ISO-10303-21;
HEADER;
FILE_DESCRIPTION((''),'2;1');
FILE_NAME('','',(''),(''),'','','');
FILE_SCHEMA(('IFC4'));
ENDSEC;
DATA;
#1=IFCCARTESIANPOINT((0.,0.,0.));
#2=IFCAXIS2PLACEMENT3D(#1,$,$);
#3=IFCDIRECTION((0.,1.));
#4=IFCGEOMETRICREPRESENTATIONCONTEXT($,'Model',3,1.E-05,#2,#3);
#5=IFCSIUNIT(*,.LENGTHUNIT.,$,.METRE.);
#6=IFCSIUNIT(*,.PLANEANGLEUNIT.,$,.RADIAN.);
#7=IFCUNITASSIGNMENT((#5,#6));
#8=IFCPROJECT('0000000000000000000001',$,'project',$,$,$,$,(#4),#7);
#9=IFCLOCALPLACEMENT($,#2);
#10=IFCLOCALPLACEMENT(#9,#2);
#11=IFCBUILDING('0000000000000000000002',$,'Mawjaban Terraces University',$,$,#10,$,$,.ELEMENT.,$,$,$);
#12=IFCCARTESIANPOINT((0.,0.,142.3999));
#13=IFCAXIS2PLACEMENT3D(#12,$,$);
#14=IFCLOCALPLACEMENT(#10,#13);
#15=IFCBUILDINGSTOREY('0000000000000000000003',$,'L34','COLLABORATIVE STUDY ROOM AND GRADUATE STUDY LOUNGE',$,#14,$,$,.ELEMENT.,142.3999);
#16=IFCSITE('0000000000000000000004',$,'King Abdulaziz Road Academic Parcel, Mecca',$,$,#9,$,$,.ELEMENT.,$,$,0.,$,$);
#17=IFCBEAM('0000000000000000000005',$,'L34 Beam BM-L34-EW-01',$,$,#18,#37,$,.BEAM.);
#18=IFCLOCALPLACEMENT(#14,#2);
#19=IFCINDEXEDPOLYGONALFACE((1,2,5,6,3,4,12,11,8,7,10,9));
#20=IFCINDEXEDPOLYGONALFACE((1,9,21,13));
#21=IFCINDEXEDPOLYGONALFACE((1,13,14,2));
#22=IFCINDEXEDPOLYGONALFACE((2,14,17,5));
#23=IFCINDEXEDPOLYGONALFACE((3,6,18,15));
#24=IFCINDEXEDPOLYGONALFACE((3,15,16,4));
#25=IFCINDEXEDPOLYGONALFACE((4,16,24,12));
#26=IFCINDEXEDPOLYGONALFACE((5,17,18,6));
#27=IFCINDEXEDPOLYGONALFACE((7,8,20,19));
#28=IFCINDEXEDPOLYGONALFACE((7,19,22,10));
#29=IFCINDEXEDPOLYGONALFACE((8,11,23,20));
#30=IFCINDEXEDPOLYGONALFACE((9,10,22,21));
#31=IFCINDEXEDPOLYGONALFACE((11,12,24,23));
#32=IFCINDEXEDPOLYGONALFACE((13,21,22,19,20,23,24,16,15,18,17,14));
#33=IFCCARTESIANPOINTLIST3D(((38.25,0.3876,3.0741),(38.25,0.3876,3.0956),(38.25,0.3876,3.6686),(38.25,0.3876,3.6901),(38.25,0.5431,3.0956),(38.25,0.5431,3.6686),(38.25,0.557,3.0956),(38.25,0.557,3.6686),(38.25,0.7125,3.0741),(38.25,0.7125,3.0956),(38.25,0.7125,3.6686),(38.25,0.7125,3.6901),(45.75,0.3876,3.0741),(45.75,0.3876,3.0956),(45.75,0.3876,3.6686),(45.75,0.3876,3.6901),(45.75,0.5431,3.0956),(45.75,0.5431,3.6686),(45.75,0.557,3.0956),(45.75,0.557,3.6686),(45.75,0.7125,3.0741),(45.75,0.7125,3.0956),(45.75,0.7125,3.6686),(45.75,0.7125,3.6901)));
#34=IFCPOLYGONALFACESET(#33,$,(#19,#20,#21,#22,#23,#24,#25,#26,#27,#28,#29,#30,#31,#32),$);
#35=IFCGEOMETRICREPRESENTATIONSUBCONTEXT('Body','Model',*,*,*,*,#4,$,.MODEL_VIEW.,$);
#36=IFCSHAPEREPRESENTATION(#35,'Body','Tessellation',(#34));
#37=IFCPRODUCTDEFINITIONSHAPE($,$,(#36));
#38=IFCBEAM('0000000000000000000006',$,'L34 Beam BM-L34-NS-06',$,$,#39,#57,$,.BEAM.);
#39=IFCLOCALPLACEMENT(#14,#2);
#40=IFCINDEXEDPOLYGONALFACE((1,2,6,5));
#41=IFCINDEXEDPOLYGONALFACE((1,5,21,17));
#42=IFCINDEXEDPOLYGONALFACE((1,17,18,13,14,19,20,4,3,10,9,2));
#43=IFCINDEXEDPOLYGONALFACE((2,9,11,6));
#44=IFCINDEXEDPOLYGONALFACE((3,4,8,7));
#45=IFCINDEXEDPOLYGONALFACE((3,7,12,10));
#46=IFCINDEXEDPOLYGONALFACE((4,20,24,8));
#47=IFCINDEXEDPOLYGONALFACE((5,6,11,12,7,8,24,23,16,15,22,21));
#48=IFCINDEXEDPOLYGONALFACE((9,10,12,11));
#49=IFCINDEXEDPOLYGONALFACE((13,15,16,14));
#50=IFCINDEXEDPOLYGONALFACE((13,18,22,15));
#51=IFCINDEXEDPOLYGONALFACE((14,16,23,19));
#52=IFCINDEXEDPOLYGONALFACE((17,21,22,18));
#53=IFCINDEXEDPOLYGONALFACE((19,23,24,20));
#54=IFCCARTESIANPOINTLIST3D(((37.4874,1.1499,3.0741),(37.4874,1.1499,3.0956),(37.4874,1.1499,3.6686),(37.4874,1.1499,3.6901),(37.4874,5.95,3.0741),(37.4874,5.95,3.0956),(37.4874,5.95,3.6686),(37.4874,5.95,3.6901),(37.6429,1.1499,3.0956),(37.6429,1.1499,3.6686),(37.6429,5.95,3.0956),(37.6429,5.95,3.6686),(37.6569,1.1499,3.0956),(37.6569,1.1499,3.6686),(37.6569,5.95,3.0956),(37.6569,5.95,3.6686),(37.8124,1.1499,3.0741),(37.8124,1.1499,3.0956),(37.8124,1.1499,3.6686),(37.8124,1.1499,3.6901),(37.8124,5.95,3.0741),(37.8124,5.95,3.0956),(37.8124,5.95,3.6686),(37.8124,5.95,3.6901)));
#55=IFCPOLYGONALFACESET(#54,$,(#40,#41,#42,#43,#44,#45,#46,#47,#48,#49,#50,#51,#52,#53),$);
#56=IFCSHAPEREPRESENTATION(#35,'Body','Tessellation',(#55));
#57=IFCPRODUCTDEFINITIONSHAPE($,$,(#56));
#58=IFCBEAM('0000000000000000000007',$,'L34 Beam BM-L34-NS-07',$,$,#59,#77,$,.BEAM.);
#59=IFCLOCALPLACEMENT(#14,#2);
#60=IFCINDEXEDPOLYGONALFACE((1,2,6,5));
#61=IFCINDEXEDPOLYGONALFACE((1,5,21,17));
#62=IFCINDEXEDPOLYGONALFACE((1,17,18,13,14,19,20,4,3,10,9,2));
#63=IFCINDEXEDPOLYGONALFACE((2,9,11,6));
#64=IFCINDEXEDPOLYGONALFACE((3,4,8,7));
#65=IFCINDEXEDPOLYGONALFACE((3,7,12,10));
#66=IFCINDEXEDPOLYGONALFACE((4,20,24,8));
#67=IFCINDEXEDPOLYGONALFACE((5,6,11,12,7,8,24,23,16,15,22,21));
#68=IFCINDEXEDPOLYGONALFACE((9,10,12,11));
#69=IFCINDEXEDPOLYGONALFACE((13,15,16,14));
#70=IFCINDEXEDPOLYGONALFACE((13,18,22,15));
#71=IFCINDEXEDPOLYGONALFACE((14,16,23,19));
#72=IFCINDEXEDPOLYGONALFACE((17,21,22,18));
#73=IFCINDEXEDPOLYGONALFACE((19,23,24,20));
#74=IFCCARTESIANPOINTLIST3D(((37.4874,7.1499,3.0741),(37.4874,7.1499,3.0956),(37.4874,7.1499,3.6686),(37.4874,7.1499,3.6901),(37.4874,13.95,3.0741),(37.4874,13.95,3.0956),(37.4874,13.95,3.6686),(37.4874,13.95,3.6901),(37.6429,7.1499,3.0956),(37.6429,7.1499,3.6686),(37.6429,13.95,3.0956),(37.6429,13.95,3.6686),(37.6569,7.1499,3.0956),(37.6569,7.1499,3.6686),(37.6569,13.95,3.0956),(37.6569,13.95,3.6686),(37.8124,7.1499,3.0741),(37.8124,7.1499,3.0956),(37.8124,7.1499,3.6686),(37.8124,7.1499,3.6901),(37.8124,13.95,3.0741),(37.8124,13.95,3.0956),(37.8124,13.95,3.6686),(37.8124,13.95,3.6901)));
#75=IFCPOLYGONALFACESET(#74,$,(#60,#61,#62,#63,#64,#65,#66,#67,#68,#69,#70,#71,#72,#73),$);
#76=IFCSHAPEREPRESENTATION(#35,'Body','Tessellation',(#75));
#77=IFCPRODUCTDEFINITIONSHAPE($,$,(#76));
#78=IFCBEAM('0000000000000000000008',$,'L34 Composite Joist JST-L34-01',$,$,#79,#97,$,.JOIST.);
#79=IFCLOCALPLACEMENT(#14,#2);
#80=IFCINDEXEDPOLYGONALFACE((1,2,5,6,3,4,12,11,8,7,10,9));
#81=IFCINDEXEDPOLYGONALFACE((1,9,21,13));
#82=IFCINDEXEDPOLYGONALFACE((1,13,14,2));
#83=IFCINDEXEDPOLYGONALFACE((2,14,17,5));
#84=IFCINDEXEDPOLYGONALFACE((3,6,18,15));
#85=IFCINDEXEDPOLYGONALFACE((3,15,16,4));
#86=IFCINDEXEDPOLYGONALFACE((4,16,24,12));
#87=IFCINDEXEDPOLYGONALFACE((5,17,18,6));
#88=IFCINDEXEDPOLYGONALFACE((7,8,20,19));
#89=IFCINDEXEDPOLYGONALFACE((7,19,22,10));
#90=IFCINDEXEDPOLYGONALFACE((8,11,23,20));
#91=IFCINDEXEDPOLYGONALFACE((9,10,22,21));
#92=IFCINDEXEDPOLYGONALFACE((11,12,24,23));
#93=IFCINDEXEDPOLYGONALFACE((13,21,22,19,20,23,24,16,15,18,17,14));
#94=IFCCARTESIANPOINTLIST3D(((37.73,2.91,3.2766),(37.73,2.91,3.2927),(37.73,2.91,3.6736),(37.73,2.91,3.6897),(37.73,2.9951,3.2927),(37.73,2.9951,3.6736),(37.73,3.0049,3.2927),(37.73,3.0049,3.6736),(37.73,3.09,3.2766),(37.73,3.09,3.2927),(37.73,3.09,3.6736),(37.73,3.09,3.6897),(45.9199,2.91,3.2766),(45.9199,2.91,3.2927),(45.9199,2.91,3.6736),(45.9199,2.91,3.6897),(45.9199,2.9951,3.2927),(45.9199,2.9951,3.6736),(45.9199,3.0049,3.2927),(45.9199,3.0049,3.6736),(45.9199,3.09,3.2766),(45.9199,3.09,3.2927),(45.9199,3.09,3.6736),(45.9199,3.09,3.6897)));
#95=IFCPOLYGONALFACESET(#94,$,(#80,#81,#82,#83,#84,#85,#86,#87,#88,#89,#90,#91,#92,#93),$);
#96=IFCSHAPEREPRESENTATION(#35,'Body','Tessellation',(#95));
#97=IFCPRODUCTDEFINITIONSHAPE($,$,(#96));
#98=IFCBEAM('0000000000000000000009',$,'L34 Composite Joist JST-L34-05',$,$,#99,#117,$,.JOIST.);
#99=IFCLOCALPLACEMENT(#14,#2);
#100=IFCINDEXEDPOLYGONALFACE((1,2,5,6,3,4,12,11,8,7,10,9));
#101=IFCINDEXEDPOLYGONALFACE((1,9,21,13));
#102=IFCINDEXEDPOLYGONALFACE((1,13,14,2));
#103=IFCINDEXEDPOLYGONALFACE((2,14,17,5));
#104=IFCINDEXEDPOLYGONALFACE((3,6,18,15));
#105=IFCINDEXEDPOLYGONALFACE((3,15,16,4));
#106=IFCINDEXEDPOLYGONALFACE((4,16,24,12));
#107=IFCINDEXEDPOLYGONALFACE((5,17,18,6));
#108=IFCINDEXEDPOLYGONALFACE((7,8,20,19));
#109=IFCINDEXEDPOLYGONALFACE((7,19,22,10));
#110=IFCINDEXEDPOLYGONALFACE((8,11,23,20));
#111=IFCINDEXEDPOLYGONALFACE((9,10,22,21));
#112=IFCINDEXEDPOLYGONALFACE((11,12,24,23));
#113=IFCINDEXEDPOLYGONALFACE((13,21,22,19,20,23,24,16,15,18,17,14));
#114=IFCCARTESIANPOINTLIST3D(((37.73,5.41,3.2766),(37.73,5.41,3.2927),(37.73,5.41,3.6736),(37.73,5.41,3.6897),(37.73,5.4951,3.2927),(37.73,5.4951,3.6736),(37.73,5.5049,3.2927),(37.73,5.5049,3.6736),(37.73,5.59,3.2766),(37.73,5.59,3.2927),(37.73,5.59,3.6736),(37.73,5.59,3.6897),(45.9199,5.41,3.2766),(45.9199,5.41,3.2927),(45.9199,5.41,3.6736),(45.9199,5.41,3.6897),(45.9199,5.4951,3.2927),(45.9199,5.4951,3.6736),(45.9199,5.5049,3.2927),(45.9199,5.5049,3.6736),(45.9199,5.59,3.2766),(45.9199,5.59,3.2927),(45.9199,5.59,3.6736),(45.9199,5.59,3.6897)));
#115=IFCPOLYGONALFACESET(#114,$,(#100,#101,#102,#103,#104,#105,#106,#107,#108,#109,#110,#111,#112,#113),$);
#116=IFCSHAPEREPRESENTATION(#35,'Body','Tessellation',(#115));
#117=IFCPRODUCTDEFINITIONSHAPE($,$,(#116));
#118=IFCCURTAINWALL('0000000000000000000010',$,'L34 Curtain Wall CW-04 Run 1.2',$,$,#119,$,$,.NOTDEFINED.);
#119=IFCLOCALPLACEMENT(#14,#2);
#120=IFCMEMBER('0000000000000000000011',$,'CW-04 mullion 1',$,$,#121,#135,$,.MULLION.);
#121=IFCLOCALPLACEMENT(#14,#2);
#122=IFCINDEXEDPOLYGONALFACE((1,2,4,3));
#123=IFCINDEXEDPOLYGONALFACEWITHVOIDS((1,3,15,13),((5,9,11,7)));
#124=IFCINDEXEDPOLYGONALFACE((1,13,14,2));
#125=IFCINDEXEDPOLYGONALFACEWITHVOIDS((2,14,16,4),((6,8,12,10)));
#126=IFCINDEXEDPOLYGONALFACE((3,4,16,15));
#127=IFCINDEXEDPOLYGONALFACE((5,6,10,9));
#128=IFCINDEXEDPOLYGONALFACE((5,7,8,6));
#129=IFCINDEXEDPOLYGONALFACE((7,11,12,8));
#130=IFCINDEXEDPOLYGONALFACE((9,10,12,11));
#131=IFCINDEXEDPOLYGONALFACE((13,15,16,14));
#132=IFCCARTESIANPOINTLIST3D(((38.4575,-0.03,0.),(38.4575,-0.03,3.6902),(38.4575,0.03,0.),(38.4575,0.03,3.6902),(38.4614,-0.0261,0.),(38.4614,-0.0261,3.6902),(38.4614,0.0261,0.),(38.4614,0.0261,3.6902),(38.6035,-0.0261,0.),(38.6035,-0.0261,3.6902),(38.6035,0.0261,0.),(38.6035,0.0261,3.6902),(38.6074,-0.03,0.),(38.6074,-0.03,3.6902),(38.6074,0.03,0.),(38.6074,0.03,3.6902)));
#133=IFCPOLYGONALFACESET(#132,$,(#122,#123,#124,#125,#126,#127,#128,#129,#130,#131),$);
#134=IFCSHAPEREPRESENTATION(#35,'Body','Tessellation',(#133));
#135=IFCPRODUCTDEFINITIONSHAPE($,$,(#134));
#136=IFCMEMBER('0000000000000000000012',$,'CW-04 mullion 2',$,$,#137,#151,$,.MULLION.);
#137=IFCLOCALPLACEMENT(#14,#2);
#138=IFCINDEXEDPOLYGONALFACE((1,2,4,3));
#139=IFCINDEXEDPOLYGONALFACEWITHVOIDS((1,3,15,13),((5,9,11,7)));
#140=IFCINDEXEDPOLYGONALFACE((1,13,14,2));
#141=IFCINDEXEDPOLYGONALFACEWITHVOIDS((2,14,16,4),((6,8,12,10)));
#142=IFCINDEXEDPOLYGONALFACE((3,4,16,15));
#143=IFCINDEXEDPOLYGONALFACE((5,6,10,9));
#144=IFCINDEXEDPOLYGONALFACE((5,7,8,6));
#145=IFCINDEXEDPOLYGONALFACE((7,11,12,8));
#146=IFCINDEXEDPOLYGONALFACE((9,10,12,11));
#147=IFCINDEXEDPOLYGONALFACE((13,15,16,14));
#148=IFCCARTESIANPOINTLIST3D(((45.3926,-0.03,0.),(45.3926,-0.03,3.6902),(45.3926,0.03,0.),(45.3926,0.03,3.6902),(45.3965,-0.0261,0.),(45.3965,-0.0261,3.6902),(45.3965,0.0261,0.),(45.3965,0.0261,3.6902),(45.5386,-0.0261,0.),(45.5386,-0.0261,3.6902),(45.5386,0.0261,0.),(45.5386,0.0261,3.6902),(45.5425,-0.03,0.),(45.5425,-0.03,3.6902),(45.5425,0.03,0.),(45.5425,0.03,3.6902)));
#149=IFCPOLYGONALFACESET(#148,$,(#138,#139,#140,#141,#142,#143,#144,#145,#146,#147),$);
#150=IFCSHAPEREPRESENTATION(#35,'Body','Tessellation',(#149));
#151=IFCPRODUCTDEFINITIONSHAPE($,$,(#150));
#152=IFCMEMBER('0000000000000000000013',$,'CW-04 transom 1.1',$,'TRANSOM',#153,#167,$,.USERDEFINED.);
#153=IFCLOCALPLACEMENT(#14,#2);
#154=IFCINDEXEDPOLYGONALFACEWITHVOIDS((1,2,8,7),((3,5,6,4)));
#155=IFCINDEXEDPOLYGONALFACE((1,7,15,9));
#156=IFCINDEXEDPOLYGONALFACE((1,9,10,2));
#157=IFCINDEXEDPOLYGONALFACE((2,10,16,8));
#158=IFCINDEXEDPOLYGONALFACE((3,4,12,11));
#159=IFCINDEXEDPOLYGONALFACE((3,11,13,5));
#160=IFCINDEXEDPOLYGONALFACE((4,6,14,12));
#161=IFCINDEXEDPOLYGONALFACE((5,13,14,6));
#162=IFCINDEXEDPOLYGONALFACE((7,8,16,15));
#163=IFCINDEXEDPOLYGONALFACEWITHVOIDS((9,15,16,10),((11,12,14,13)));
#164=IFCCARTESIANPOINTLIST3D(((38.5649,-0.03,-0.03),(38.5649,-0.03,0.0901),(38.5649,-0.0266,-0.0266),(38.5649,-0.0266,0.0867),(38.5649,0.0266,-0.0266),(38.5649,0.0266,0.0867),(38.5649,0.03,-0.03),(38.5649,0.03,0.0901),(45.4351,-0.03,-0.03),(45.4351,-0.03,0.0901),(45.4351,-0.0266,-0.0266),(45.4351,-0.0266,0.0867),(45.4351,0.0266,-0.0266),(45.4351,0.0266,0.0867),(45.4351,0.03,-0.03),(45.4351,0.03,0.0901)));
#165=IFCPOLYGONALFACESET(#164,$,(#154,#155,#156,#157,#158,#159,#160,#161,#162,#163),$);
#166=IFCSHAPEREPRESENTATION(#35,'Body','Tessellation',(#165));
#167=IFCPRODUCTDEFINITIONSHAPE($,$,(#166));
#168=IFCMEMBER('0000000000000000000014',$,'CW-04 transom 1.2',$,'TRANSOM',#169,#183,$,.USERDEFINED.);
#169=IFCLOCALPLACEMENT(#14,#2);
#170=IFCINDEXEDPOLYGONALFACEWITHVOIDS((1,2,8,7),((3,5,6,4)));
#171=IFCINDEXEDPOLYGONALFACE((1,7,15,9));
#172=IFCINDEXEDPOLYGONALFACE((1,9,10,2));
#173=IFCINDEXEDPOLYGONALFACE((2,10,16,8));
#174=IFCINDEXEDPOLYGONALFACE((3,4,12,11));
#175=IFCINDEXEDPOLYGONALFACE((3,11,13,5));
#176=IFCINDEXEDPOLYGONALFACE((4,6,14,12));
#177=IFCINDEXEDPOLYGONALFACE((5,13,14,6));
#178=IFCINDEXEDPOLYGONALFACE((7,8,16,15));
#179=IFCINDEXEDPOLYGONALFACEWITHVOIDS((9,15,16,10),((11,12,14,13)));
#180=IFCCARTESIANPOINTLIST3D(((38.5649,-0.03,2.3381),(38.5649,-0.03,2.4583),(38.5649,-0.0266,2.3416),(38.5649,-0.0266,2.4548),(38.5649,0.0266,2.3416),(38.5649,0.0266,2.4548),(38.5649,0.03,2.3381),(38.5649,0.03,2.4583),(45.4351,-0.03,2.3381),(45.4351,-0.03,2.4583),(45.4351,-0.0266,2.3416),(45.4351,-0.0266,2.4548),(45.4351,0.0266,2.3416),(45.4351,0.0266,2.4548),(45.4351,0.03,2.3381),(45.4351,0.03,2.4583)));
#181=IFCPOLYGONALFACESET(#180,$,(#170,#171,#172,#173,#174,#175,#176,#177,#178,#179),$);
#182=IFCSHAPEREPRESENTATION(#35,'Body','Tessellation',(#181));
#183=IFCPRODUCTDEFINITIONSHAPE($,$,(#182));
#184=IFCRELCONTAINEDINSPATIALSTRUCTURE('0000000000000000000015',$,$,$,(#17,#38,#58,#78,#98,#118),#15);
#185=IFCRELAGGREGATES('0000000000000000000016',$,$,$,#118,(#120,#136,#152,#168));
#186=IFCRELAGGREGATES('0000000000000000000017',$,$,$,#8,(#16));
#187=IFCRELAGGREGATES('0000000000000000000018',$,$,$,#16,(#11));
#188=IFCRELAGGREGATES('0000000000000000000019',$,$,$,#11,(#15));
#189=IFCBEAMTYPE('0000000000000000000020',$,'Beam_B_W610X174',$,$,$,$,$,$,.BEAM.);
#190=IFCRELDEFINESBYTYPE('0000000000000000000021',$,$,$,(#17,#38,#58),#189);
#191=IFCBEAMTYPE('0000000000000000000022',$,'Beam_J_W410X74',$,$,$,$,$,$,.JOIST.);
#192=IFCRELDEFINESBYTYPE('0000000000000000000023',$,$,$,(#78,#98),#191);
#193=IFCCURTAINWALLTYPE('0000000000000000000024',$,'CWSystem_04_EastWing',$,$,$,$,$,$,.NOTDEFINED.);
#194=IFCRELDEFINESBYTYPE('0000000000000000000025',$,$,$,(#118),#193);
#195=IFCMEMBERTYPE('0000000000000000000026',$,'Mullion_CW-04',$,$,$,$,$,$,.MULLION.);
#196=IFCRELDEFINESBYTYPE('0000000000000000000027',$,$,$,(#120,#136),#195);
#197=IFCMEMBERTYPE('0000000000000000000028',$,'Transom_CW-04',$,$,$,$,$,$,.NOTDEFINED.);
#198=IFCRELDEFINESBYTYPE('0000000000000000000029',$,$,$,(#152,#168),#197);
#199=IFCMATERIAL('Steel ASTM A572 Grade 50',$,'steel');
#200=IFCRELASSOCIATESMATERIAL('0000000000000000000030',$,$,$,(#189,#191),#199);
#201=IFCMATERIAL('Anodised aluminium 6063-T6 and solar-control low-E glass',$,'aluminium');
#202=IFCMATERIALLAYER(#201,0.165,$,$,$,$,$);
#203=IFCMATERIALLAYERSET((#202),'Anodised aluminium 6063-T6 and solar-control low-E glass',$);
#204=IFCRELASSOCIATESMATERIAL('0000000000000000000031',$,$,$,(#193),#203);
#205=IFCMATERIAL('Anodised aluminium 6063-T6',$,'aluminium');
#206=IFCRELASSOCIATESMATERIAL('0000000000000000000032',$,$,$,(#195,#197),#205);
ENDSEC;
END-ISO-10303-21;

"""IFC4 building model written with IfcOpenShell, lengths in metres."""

from ifc_helpers import new_model, si_unit, direction, frame, origin, origin_2d, place, context, subcontext, project, spatial, hollow_rectangle, i_section, extrude, material, layer, layer_set, material_profile, profile_set, type_object, element, aggregate, save


model = new_model("IFC4")

# Units and contexts
model_context = context("Model", 3, precision=1e-05, world=origin(), true_north=direction((0.0, 1.0)))
body_context = subcontext(model_context, "Body", "Model", "MODEL_VIEW")
ifc_project = project(units=[si_unit("LENGTHUNIT", "METRE"), si_unit("PLANEANGLEUNIT", "RADIAN")], contexts=[model_context])

# Site, building, storey
site_placement = place(None, origin())
site = spatial("IfcSite", under=ifc_project, at=site_placement, Name="King Abdulaziz Road Academic Parcel, Mecca", CompositionType="ELEMENT", RefElevation=0.0)
building_placement = place(site_placement, origin())
building = spatial("IfcBuilding", under=site, at=building_placement, Name="Mawjaban Terraces University", CompositionType="ELEMENT")
storey_placement = place(building_placement, frame((0.0, 0.0, 142.3999)))
storey = spatial("IfcBuildingStorey", under=building, at=storey_placement, Name="L34", Description="COLLABORATIVE STUDY ROOM AND GRADUATE STUDY LOUNGE", CompositionType="ELEMENT", Elevation=142.3999)

# Beams
ifc_material_1 = material(Name="Steel ASTM A572 Grade 50", Category="steel")
ifc_material_profile_1 = material_profile(ifc_material_1, i_section(OverallWidth=0.325, OverallDepth=0.616, WebThickness=0.0139, FlangeThickness=0.0215, at=origin_2d()), Name="W610X174")
ifc_profile_set_1 = profile_set([ifc_material_profile_1], Name="Steel ASTM A572 Grade 50")
beam_type_1 = type_object("IfcBeamType", Name="Beam_B_W610X174", PredefinedType="BEAM", material=ifc_profile_set_1)
beam_1_placement = place(storey_placement, frame((38.25, 0.55, 3.3821), z_axis=(1.0, 0.0, 0.0), x_axis=(0.0, 1.0, 0.0)))
element("IfcBeam", 1, at=beam_1_placement, inside=storey, type_object=beam_type_1, Name="L34 Beam BM-L34-EW-01", PredefinedType="BEAM", context=body_context, shape_type="SweptSolid", body=[
    extrude(i_section(OverallWidth=0.325, OverallDepth=0.616, WebThickness=0.0139, FlangeThickness=0.0215, at=origin_2d()), origin(), (0.0, 0.0, 1.0), 7.5),
])
beam_2_placement = place(storey_placement, frame((37.6499, 1.1499, 3.3821), z_axis=(0.0, 1.0, 0.0), x_axis=(-1.0, 0.0, 0.0)))
element("IfcBeam", 2, at=beam_2_placement, inside=storey, type_object=beam_type_1, Name="L34 Beam BM-L34-NS-06", PredefinedType="BEAM", context=body_context, shape_type="SweptSolid", body=[
    extrude(i_section(OverallWidth=0.325, OverallDepth=0.616, WebThickness=0.0139, FlangeThickness=0.0215, at=origin_2d()), origin(), (0.0, 0.0, 1.0), 4.8),
])
beam_3_placement = place(storey_placement, frame((37.6499, 7.1499, 3.3821), z_axis=(0.0, 1.0, 0.0), x_axis=(-1.0, 0.0, 0.0)))
element("IfcBeam", 3, at=beam_3_placement, inside=storey, type_object=beam_type_1, Name="L34 Beam BM-L34-NS-07", PredefinedType="BEAM", context=body_context, shape_type="SweptSolid", body=[
    extrude(i_section(OverallWidth=0.325, OverallDepth=0.616, WebThickness=0.0139, FlangeThickness=0.0215, at=origin_2d()), origin(), (0.0, 0.0, 1.0), 6.8),
])
ifc_material_profile_2 = material_profile(ifc_material_1, i_section(OverallWidth=0.1799, OverallDepth=0.4131, WebThickness=0.0098, FlangeThickness=0.0161, at=origin_2d()), Name="W410X74")
ifc_profile_set_2 = profile_set([ifc_material_profile_2], Name="Steel ASTM A572 Grade 50")
beam_type_2 = type_object("IfcBeamType", Name="Beam_J_W410X74", PredefinedType="JOIST", material=ifc_profile_set_2)
for number, where, z_axis, x_axis, name in (
    (4, (37.73, 3.0, 3.4832), (1.0, 0.0, 0.0), (0.0, 1.0, 0.0), "L34 Composite Joist JST-L34-01"),
    (5, (37.73, 5.5, 3.4832), (1.0, 0.0, 0.0), (0.0, 1.0, 0.0), "L34 Composite Joist JST-L34-05"),
):
    element("IfcBeam", number, at=place(storey_placement, frame(where, z_axis=z_axis, x_axis=x_axis)), inside=storey, type_object=beam_type_2, Name=name, PredefinedType="JOIST", context=body_context, shape_type="SweptSolid", body=[
        extrude(i_section(OverallWidth=0.1799, OverallDepth=0.4131, WebThickness=0.0098, FlangeThickness=0.0161, at=origin_2d()), origin(), (0.0, 0.0, 1.0), 8.1899),
    ])

# Curtain wall, members
ifc_material_2 = material(Name="Anodised aluminium 6063-T6 and solar-control low-E glass", Category="aluminium")
ifc_layer_1 = layer(ifc_material_2, 0.165)
ifc_layer_set_1 = layer_set([ifc_layer_1], Name="Anodised aluminium 6063-T6 and solar-control low-E glass")
curtain_wall_type = type_object("IfcCurtainWallType", Name="CWSystem_04_EastWing", PredefinedType="NOTDEFINED", material=ifc_layer_set_1)
curtain_wall_placement = place(storey_placement, origin())
curtain_wall = element("IfcCurtainWall", 6, at=curtain_wall_placement, inside=storey, type_object=curtain_wall_type, Name="L34 Curtain Wall CW-04 Run 1.2", PredefinedType="NOTDEFINED")
ifc_material_3 = material(Name="Anodised aluminium 6063-T6", Category="aluminium")
ifc_material_profile_3 = material_profile(ifc_material_3, hollow_rectangle(XDim=0.0601, YDim=0.1499, WallThickness=0.0039, at=origin_2d()), Name="ALU150X60X4")
ifc_profile_set_3 = profile_set([ifc_material_profile_3], Name="Anodised aluminium 6063-T6")
member_type_1 = type_object("IfcMemberType", Name="Mullion_CW-04", PredefinedType="MULLION", material=ifc_profile_set_3)
member_1_placement = place(storey_placement, frame((38.5325, 0.0, 0.0), z_axis=(0.0, 0.0, 1.0), x_axis=(0.0, 1.0, 0.0)))
member_1 = element("IfcMember", 7, at=member_1_placement, type_object=member_type_1, Name="CW-04 mullion 1", PredefinedType="MULLION", context=body_context, shape_type="SweptSolid", body=[
    extrude(hollow_rectangle(XDim=0.0601, YDim=0.1499, WallThickness=0.0039, at=origin_2d()), origin(), (0.0, 0.0, 1.0), 3.6902),
])
member_2_placement = place(storey_placement, frame((45.4675, 0.0, 0.0), z_axis=(0.0, 0.0, 1.0), x_axis=(0.0, 1.0, 0.0)))
member_2 = element("IfcMember", 8, at=member_2_placement, type_object=member_type_1, Name="CW-04 mullion 2", PredefinedType="MULLION", context=body_context, shape_type="SweptSolid", body=[
    extrude(hollow_rectangle(XDim=0.0601, YDim=0.1499, WallThickness=0.0039, at=origin_2d()), origin(), (0.0, 0.0, 1.0), 3.6902),
])
ifc_material_profile_4 = material_profile(ifc_material_3, hollow_rectangle(XDim=0.0601, YDim=0.1201, WallThickness=0.0034, at=origin_2d()), Name="ALU120X60X3.5")
ifc_profile_set_4 = profile_set([ifc_material_profile_4], Name="Anodised aluminium 6063-T6")
member_type_2 = type_object("IfcMemberType", Name="Transom_CW-04", PredefinedType="NOTDEFINED", material=ifc_profile_set_4)
member_3_placement = place(storey_placement, frame((38.5649, 0.0, 0.03), z_axis=(1.0, 0.0, 0.0), x_axis=(0.0, 1.0, 0.0)))
member_3 = element("IfcMember", 9, at=member_3_placement, type_object=member_type_2, Name="CW-04 transom 1.1", ObjectType="TRANSOM", PredefinedType="USERDEFINED", context=body_context, shape_type="SweptSolid", body=[
    extrude(hollow_rectangle(XDim=0.0601, YDim=0.1201, WallThickness=0.0034, at=origin_2d()), origin(), (0.0, 0.0, 1.0), 6.8701),
])
member_4_placement = place(storey_placement, frame((38.5649, 0.0, 2.3982), z_axis=(1.0, 0.0, 0.0), x_axis=(0.0, 1.0, 0.0)))
member_4 = element("IfcMember", 10, at=member_4_placement, type_object=member_type_2, Name="CW-04 transom 1.2", ObjectType="TRANSOM", PredefinedType="USERDEFINED", context=body_context, shape_type="SweptSolid", body=[
    extrude(hollow_rectangle(XDim=0.0601, YDim=0.1201, WallThickness=0.0034, at=origin_2d()), origin(), (0.0, 0.0, 1.0), 6.8701),
])
aggregate(curtain_wall, [member_1, member_2, member_3, member_4])

save(model, "model.ifc")
